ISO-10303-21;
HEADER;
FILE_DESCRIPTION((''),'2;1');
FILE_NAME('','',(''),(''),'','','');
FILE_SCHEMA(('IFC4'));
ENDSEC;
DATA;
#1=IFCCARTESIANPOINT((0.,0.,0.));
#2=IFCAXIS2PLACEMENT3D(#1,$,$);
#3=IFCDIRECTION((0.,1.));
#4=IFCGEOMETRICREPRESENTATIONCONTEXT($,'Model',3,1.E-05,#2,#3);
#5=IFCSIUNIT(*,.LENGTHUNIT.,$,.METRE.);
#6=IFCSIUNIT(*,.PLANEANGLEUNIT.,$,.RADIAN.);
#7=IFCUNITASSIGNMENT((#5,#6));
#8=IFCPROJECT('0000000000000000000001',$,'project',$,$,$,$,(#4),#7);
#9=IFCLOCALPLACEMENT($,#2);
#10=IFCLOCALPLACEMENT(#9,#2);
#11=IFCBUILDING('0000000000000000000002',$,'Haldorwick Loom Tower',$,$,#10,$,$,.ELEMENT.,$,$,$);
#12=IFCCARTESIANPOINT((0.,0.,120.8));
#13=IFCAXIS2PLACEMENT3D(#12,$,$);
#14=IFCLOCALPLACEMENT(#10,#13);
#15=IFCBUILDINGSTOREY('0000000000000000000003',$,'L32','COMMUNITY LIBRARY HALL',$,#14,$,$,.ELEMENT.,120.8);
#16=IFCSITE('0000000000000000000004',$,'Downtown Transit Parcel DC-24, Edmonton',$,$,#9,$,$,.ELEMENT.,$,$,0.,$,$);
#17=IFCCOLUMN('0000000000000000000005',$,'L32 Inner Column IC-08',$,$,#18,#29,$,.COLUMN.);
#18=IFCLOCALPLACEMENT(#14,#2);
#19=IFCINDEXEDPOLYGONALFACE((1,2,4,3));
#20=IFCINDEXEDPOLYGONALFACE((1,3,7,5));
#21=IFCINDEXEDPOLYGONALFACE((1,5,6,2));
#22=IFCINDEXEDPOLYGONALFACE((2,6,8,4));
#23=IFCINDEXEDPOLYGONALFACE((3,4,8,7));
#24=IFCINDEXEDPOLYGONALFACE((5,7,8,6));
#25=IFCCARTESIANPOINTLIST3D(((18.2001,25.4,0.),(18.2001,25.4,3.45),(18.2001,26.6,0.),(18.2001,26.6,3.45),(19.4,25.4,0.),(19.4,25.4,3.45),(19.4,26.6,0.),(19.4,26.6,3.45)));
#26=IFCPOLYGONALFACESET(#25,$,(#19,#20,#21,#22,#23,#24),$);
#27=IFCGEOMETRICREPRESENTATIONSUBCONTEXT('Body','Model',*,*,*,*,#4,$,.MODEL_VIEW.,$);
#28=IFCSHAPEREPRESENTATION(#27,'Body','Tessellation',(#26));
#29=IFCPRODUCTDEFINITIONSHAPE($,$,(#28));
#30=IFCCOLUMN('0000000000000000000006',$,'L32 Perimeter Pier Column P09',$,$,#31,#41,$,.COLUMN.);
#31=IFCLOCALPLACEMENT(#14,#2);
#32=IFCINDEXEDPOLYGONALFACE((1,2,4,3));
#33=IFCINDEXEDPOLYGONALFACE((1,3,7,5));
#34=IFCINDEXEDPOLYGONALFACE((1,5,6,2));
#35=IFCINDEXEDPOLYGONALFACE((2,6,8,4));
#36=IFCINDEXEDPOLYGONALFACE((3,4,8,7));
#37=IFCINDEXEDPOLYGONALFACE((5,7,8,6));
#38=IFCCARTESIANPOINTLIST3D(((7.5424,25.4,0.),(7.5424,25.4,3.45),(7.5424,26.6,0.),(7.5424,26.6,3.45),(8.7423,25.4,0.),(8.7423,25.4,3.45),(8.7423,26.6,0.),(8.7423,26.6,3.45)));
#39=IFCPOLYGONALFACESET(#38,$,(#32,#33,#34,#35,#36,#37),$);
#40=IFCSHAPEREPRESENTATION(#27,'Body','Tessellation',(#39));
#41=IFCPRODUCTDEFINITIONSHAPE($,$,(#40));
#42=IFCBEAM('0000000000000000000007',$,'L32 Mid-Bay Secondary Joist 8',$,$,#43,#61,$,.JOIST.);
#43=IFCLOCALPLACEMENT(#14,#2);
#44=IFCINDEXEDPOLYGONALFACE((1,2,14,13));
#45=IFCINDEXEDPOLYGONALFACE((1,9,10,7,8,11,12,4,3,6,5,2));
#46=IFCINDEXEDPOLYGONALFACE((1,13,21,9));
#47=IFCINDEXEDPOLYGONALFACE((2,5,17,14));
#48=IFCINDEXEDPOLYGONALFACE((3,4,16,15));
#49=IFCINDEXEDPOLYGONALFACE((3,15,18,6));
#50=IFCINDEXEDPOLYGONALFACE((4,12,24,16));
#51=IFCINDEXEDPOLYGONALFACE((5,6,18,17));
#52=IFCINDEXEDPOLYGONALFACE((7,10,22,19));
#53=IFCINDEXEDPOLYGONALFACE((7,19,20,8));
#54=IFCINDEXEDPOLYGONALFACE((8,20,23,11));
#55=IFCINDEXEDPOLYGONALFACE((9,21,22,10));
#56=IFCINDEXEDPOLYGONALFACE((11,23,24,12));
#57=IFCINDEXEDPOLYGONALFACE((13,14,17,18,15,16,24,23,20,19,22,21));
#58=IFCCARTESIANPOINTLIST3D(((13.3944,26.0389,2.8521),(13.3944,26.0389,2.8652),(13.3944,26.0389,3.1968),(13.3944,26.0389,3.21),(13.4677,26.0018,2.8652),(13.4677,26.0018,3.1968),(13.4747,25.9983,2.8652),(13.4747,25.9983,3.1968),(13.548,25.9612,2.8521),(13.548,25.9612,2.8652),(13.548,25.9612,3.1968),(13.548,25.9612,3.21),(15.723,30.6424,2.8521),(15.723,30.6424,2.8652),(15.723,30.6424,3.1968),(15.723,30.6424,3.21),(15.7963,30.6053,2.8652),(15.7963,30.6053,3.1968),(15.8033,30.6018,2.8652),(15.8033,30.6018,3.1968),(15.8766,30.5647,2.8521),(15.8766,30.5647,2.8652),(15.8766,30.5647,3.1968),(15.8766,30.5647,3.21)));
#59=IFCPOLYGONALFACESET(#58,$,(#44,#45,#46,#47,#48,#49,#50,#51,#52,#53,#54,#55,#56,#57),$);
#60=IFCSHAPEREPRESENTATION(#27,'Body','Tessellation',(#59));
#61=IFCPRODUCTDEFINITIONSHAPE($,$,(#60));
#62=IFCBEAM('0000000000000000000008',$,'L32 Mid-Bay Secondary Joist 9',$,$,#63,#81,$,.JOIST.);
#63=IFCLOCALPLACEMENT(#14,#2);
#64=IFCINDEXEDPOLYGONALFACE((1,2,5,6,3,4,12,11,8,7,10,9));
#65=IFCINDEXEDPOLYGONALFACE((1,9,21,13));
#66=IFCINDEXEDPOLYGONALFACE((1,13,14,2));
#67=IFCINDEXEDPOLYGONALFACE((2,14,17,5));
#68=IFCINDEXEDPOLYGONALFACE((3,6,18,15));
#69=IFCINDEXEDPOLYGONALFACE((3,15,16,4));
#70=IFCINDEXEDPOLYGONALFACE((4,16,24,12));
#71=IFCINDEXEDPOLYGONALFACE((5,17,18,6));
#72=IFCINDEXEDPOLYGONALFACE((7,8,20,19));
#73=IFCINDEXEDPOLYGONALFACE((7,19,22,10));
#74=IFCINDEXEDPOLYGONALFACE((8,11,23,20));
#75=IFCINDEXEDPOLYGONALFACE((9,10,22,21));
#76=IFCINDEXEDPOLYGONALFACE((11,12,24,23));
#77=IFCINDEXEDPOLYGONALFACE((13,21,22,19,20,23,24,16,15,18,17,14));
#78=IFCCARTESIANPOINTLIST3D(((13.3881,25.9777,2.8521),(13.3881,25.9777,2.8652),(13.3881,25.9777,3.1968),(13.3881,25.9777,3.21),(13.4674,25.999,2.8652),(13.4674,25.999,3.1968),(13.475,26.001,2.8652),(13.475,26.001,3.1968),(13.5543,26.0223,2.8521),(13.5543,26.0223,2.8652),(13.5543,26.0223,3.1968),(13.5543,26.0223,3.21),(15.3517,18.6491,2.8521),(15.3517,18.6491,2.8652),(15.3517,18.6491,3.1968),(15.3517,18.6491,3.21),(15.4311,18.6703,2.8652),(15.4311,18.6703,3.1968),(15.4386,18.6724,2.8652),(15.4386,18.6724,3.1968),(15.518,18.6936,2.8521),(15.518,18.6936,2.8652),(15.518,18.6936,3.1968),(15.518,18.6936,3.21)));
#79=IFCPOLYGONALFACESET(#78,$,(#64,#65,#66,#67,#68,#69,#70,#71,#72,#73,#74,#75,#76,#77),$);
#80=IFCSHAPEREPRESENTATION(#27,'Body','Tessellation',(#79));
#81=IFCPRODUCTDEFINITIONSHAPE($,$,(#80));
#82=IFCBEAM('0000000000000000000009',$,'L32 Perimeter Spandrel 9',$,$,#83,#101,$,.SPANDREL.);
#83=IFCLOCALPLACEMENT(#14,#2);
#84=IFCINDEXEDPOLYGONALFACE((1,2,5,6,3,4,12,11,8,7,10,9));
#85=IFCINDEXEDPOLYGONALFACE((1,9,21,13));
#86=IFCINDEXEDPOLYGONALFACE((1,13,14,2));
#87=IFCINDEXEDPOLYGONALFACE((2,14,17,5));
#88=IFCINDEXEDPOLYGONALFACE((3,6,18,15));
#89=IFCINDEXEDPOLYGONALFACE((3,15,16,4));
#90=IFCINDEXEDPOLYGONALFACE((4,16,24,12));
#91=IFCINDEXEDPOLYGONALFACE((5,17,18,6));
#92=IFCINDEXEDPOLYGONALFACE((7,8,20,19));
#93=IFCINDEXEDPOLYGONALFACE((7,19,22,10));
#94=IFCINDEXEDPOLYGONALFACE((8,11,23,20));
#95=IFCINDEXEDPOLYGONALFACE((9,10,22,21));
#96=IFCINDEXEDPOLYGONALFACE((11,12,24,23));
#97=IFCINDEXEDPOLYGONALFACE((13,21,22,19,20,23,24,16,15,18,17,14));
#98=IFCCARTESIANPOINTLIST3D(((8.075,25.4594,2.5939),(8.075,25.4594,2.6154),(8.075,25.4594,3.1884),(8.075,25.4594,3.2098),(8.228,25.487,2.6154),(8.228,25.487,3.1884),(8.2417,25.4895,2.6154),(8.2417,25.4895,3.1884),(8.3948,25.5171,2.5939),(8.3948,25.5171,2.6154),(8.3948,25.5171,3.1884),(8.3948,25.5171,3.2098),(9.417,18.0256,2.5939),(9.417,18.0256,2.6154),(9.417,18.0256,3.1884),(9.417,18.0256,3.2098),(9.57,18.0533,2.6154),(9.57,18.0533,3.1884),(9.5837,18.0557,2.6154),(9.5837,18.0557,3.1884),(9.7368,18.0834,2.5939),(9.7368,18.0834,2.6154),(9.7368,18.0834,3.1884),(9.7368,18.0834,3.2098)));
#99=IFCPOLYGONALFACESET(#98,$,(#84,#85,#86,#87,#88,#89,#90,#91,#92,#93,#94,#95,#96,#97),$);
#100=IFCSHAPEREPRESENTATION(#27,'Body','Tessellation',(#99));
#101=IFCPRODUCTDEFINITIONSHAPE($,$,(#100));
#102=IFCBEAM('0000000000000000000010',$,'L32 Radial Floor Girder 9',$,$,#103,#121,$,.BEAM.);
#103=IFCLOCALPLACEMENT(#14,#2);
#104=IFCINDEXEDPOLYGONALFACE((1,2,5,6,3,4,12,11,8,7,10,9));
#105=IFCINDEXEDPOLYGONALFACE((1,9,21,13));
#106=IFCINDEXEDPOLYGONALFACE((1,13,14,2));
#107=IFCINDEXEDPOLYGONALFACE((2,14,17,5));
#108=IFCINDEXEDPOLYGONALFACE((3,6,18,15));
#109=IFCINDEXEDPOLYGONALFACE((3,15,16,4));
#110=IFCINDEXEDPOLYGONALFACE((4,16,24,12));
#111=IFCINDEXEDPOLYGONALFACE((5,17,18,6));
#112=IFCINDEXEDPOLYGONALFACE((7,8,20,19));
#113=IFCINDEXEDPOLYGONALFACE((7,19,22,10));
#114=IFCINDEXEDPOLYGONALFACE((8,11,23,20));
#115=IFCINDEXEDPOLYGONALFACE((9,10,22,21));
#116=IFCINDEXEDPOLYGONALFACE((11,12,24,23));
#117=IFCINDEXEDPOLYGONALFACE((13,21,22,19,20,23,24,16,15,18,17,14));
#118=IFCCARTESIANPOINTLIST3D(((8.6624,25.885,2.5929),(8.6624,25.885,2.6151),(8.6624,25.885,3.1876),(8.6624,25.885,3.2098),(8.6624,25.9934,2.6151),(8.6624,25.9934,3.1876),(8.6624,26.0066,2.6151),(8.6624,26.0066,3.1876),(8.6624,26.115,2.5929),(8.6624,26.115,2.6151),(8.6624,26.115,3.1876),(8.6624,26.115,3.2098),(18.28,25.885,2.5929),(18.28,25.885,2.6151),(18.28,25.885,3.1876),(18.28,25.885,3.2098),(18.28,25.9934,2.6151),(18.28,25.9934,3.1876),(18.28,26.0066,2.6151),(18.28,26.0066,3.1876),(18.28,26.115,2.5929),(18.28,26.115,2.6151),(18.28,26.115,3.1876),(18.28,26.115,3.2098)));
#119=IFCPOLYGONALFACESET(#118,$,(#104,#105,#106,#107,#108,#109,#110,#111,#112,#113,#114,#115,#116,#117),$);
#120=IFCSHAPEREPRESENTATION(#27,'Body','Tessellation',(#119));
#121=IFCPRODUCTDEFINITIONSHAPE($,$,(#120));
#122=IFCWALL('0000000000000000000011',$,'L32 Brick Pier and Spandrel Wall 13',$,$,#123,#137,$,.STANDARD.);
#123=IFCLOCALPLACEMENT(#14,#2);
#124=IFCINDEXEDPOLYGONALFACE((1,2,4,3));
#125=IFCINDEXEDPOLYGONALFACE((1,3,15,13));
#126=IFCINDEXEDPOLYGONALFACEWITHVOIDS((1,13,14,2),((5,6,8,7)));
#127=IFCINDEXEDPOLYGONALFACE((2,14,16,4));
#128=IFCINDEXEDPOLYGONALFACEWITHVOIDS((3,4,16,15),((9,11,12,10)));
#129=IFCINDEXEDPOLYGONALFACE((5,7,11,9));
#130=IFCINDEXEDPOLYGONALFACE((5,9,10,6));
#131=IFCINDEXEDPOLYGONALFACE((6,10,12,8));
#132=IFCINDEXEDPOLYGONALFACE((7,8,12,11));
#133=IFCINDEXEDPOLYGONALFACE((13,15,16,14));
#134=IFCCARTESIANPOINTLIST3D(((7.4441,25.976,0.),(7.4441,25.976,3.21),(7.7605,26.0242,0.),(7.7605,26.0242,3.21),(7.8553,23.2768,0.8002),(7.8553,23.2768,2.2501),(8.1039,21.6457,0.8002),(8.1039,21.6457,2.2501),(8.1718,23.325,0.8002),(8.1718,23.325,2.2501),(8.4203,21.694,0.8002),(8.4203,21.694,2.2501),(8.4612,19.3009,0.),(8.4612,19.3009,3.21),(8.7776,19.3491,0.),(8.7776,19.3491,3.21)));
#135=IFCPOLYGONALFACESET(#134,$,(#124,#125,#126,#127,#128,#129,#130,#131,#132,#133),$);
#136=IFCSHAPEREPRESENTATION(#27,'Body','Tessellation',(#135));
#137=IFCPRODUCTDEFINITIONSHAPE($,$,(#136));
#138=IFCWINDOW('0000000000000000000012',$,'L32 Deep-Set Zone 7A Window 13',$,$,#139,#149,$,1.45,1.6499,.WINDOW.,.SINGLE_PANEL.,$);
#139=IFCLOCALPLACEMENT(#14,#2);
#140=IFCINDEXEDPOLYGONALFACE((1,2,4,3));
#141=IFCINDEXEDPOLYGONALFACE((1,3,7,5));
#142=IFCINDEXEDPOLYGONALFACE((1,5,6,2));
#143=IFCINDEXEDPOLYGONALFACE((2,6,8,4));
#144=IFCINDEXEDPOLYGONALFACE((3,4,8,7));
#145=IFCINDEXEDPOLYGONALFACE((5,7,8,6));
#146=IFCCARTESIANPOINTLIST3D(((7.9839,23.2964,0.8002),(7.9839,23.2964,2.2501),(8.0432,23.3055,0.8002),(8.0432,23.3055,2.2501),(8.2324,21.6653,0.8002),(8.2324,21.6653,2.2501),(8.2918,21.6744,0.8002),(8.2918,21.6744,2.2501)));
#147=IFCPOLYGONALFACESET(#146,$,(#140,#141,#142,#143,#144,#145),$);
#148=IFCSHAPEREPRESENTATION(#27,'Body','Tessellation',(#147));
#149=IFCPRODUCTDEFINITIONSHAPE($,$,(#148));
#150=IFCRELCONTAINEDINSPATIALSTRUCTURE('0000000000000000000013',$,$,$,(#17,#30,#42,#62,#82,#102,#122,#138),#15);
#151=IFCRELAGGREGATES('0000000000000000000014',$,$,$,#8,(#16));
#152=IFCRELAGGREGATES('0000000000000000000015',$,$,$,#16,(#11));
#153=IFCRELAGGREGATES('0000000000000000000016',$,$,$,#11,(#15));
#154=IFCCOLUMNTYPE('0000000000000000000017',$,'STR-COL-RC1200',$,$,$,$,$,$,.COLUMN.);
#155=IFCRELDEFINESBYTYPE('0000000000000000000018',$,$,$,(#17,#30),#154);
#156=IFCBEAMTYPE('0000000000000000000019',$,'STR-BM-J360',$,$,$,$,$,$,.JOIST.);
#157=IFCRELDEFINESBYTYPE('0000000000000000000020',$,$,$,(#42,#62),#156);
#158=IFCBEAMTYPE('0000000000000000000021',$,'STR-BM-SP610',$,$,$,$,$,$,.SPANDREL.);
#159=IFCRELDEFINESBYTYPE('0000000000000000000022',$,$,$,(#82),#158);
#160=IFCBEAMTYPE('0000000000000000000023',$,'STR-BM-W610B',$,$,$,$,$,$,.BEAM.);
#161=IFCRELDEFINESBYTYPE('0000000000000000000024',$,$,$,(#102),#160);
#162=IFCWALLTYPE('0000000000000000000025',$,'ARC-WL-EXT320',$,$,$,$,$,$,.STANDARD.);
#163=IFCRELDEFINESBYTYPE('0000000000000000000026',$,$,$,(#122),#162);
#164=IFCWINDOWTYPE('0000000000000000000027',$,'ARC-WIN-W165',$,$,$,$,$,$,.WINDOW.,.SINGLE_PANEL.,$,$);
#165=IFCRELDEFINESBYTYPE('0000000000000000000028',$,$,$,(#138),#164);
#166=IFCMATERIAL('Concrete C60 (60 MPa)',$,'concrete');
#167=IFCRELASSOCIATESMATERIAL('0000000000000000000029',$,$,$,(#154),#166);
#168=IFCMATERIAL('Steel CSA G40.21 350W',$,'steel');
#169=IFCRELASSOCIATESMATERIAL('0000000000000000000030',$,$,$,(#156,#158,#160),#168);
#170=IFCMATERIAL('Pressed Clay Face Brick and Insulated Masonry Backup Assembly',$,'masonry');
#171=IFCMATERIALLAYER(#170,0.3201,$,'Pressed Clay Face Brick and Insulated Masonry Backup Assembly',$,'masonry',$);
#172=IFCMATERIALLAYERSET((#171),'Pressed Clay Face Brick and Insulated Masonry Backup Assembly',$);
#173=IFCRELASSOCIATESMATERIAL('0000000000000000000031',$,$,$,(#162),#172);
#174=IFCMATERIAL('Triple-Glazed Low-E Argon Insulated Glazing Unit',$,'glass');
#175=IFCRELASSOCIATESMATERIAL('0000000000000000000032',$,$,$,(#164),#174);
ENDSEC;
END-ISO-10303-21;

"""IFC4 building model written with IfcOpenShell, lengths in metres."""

from ifc_helpers import new_model, si_unit, direction, frame, frame_2d, origin, origin_2d, place, context, subcontext, project, spatial, rectangle, i_section, extrude, material, layer, layer_set, material_profile, profile_set, type_object, element, fill, save


model = new_model("IFC4")

# Units and contexts
model_context = context("Model", 3, precision=1e-05, world=origin(), true_north=direction((0.0, 1.0)))
body_context = subcontext(model_context, "Body", "Model", "MODEL_VIEW")
ifc_project = project(units=[si_unit("LENGTHUNIT", "METRE"), si_unit("PLANEANGLEUNIT", "RADIAN")], contexts=[model_context])

# Site, building, storey
site_placement = place(None, origin())
site = spatial("IfcSite", under=ifc_project, at=site_placement, Name="Downtown Transit Parcel DC-24, Edmonton", CompositionType="ELEMENT", RefElevation=0.0)
building_placement = place(site_placement, origin())
building = spatial("IfcBuilding", under=site, at=building_placement, Name="Haldorwick Loom Tower", CompositionType="ELEMENT")
storey_placement = place(building_placement, frame((0.0, 0.0, 120.8)))
storey = spatial("IfcBuildingStorey", under=building, at=storey_placement, Name="L32", Description="COMMUNITY LIBRARY HALL", CompositionType="ELEMENT", Elevation=120.8)

# Columns
ifc_material_1 = material(Name="Concrete C60 (60 MPa)", Category="concrete")
ifc_material_profile_1 = material_profile(ifc_material_1, rectangle(XDim=1.2, YDim=1.2, at=origin_2d()), Name="RC1200X1200", Category="concrete")
ifc_profile_set_1 = profile_set([ifc_material_profile_1], Name="Concrete C60 (60 MPa)")
column_type = type_object("IfcColumnType", Name="STR-COL-RC1200", PredefinedType="COLUMN", material=ifc_profile_set_1)
for number, where, z_axis, x_axis, name in (
    (1, (18.8, 26.0, 0.0), (0.0, 0.0, 1.0), (1.0, 0.0, 0.0), "L32 Inner Column IC-08"),
    (2, (8.1423, 26.0, 0.0), (0.0, 0.0, 1.0), (-1.0, 0.0, 0.0), "L32 Perimeter Pier Column P09"),
):
    element("IfcColumn", number, at=place(storey_placement, frame(where, z_axis=z_axis, x_axis=x_axis)), inside=storey, type_object=column_type, Name=name, PredefinedType="COLUMN", context=body_context, shape_type="SweptSolid", body=[
        extrude(rectangle(XDim=1.2, YDim=1.2, at=origin_2d()), origin(), (0.0, 0.0, 1.0), 3.45),
    ])

# Beams
ifc_material_2 = material(Name="Steel CSA G40.21 350W", Category="steel")
ifc_material_profile_2 = material_profile(ifc_material_2, i_section(OverallWidth=0.1721, OverallDepth=0.3579, WebThickness=0.0078, FlangeThickness=0.0132, at=origin_2d()), Name="W360X57", Category="steel")
ifc_profile_set_2 = profile_set([ifc_material_profile_2], Name="Steel CSA G40.21 350W")
beam_type_1 = type_object("IfcBeamType", Name="STR-BM-J360", PredefinedType="JOIST", material=ifc_profile_set_2)
beam_1_placement = place(storey_placement, frame((15.7998, 30.6035, 3.031), z_axis=(-0.451373, -0.892335, 0.0), x_axis=(0.892335, -0.451373, 0.0)))
element("IfcBeam", 3, at=beam_1_placement, inside=storey, type_object=beam_type_1, Name="L32 Mid-Bay Secondary Joist 8", PredefinedType="JOIST", context=body_context, shape_type="SweptSolid", body=[
    extrude(i_section(OverallWidth=0.1721, OverallDepth=0.3579, WebThickness=0.0078, FlangeThickness=0.0132, at=origin_2d()), origin(), (0.0, 0.0, 1.0), 5.1589),
])
beam_2_placement = place(storey_placement, frame((13.4712, 26.0, 3.031), z_axis=(0.25881, -0.965928, 0.0), x_axis=(0.965928, 0.25881, 0.0)))
element("IfcBeam", 4, at=beam_2_placement, inside=storey, type_object=beam_type_1, Name="L32 Mid-Bay Secondary Joist 9", PredefinedType="JOIST", context=body_context, shape_type="SweptSolid", body=[
    extrude(i_section(OverallWidth=0.1721, OverallDepth=0.3579, WebThickness=0.0078, FlangeThickness=0.0132, at=origin_2d()), origin(), (0.0, 0.0, 1.0), 7.5872),
])
ifc_material_profile_3 = material_profile(ifc_material_2, i_section(OverallWidth=0.325, OverallDepth=0.616, WebThickness=0.0139, FlangeThickness=0.0215, at=origin_2d()), Name="W610X174", Category="steel")
ifc_profile_set_3 = profile_set([ifc_material_profile_3], Name="Steel CSA G40.21 350W")
beam_type_2 = type_object("IfcBeamType", Name="STR-BM-SP610", PredefinedType="SPANDREL", material=ifc_profile_set_3)
beam_3_placement = place(storey_placement, frame((8.2349, 25.4883, 2.9019), z_axis=(0.177659, -0.984092, 0.0), x_axis=(0.984092, 0.177659, 0.0)))
element("IfcBeam", 5, at=beam_3_placement, inside=storey, type_object=beam_type_2, Name="L32 Perimeter Spandrel 9", PredefinedType="SPANDREL", context=body_context, shape_type="SweptSolid", body=[
    extrude(i_section(OverallWidth=0.325, OverallDepth=0.616, WebThickness=0.0139, FlangeThickness=0.0215, at=origin_2d()), origin(), (0.0, 0.0, 1.0), 7.554),
])
ifc_material_profile_4 = material_profile(ifc_material_2, i_section(OverallWidth=0.23, OverallDepth=0.6169, WebThickness=0.0132, FlangeThickness=0.0222, at=origin_2d()), Name="W610X140", Category="steel")
ifc_profile_set_4 = profile_set([ifc_material_profile_4], Name="Steel CSA G40.21 350W")
beam_type_3 = type_object("IfcBeamType", Name="STR-BM-W610B", PredefinedType="BEAM", material=ifc_profile_set_4)
beam_4_placement = place(storey_placement, frame((18.28, 26.0, 2.9014), z_axis=(-1.0, 0.0, 0.0), x_axis=(0.0, -1.0, 0.0)))
element("IfcBeam", 6, at=beam_4_placement, inside=storey, type_object=beam_type_3, Name="L32 Radial Floor Girder 9", PredefinedType="BEAM", context=body_context, shape_type="SweptSolid", body=[
    extrude(i_section(OverallWidth=0.23, OverallDepth=0.6169, WebThickness=0.0132, FlangeThickness=0.0222, at=origin_2d()), origin(), (0.0, 0.0, 1.0), 9.6177),
])

# Wall, opening, window
ifc_material_3 = material(Name="Pressed Clay Face Brick and Insulated Masonry Backup Assembly", Category="masonry")
ifc_layer_1 = layer(ifc_material_3, 0.3201, Name="Pressed Clay Face Brick and Insulated Masonry Backup Assembly", Category="masonry")
ifc_layer_set_1 = layer_set([ifc_layer_1], Name="Pressed Clay Face Brick and Insulated Masonry Backup Assembly")
wall_type_1 = type_object("IfcWallType", Name="ARC-WL-EXT320", PredefinedType="STANDARD", material=ifc_layer_set_1)
wall_1_placement = place(storey_placement, frame((7.6023, 26.0, 0.0), z_axis=(0.0, 0.0, 1.0), x_axis=(0.150633, -0.98859, 0.0)))
wall_1 = element("IfcWall", 7, at=wall_1_placement, inside=storey, type_object=wall_type_1, Name="L32 Brick Pier and Spandrel Wall 13", PredefinedType="STANDARD", context=body_context, shape_type="SweptSolid", body=[
    extrude(rectangle(XDim=6.7522, YDim=0.3201, at=frame_2d((3.376, 0.0))), origin(), (0.0, 0.0, 1.0), 3.21),
])
opening_1_placement = place(wall_1_placement, frame((2.7302, 0.0, 0.8)))
opening_1 = element("IfcOpeningElement", 8, at=opening_1_placement, cuts=wall_1, PredefinedType="OPENING", context=body_context, shape_type="SweptSolid", body=[
    extrude(rectangle(XDim=1.6499, YDim=1.45, at=frame_2d((0.825, 0.7251))), frame((0.0, 0.1699, 0.0), z_axis=(0.0, -1.0, 0.0), x_axis=(1.0, 0.0, 0.0)), (0.0, 0.0, 1.0), 0.3401),
])
ifc_material_4 = material(Name="Triple-Glazed Low-E Argon Insulated Glazing Unit", Category="glass")
window_type = type_object("IfcWindowType", Name="ARC-WIN-W165", PartitioningType="SINGLE_PANEL", PredefinedType="WINDOW", material=ifc_material_4)
window_placement = place(opening_1_placement, origin())
window = element("IfcWindow", 9, at=window_placement, inside=storey, type_object=window_type, Name="L32 Deep-Set Zone 7A Window 13", OverallHeight=1.45, OverallWidth=1.6499, PartitioningType="SINGLE_PANEL", PredefinedType="WINDOW", context=body_context, shape_type="SweptSolid", body=[
    extrude(rectangle(XDim=1.6499, YDim=1.45, at=frame_2d((0.825, 0.7251))), frame((0.0, 0.03, 0.0), z_axis=(0.0, -1.0, 0.0), x_axis=(1.0, 0.0, 0.0)), (0.0, 0.0, 1.0), 0.0601),
])
fill(opening_1, window)

save(model, "model.ifc")
